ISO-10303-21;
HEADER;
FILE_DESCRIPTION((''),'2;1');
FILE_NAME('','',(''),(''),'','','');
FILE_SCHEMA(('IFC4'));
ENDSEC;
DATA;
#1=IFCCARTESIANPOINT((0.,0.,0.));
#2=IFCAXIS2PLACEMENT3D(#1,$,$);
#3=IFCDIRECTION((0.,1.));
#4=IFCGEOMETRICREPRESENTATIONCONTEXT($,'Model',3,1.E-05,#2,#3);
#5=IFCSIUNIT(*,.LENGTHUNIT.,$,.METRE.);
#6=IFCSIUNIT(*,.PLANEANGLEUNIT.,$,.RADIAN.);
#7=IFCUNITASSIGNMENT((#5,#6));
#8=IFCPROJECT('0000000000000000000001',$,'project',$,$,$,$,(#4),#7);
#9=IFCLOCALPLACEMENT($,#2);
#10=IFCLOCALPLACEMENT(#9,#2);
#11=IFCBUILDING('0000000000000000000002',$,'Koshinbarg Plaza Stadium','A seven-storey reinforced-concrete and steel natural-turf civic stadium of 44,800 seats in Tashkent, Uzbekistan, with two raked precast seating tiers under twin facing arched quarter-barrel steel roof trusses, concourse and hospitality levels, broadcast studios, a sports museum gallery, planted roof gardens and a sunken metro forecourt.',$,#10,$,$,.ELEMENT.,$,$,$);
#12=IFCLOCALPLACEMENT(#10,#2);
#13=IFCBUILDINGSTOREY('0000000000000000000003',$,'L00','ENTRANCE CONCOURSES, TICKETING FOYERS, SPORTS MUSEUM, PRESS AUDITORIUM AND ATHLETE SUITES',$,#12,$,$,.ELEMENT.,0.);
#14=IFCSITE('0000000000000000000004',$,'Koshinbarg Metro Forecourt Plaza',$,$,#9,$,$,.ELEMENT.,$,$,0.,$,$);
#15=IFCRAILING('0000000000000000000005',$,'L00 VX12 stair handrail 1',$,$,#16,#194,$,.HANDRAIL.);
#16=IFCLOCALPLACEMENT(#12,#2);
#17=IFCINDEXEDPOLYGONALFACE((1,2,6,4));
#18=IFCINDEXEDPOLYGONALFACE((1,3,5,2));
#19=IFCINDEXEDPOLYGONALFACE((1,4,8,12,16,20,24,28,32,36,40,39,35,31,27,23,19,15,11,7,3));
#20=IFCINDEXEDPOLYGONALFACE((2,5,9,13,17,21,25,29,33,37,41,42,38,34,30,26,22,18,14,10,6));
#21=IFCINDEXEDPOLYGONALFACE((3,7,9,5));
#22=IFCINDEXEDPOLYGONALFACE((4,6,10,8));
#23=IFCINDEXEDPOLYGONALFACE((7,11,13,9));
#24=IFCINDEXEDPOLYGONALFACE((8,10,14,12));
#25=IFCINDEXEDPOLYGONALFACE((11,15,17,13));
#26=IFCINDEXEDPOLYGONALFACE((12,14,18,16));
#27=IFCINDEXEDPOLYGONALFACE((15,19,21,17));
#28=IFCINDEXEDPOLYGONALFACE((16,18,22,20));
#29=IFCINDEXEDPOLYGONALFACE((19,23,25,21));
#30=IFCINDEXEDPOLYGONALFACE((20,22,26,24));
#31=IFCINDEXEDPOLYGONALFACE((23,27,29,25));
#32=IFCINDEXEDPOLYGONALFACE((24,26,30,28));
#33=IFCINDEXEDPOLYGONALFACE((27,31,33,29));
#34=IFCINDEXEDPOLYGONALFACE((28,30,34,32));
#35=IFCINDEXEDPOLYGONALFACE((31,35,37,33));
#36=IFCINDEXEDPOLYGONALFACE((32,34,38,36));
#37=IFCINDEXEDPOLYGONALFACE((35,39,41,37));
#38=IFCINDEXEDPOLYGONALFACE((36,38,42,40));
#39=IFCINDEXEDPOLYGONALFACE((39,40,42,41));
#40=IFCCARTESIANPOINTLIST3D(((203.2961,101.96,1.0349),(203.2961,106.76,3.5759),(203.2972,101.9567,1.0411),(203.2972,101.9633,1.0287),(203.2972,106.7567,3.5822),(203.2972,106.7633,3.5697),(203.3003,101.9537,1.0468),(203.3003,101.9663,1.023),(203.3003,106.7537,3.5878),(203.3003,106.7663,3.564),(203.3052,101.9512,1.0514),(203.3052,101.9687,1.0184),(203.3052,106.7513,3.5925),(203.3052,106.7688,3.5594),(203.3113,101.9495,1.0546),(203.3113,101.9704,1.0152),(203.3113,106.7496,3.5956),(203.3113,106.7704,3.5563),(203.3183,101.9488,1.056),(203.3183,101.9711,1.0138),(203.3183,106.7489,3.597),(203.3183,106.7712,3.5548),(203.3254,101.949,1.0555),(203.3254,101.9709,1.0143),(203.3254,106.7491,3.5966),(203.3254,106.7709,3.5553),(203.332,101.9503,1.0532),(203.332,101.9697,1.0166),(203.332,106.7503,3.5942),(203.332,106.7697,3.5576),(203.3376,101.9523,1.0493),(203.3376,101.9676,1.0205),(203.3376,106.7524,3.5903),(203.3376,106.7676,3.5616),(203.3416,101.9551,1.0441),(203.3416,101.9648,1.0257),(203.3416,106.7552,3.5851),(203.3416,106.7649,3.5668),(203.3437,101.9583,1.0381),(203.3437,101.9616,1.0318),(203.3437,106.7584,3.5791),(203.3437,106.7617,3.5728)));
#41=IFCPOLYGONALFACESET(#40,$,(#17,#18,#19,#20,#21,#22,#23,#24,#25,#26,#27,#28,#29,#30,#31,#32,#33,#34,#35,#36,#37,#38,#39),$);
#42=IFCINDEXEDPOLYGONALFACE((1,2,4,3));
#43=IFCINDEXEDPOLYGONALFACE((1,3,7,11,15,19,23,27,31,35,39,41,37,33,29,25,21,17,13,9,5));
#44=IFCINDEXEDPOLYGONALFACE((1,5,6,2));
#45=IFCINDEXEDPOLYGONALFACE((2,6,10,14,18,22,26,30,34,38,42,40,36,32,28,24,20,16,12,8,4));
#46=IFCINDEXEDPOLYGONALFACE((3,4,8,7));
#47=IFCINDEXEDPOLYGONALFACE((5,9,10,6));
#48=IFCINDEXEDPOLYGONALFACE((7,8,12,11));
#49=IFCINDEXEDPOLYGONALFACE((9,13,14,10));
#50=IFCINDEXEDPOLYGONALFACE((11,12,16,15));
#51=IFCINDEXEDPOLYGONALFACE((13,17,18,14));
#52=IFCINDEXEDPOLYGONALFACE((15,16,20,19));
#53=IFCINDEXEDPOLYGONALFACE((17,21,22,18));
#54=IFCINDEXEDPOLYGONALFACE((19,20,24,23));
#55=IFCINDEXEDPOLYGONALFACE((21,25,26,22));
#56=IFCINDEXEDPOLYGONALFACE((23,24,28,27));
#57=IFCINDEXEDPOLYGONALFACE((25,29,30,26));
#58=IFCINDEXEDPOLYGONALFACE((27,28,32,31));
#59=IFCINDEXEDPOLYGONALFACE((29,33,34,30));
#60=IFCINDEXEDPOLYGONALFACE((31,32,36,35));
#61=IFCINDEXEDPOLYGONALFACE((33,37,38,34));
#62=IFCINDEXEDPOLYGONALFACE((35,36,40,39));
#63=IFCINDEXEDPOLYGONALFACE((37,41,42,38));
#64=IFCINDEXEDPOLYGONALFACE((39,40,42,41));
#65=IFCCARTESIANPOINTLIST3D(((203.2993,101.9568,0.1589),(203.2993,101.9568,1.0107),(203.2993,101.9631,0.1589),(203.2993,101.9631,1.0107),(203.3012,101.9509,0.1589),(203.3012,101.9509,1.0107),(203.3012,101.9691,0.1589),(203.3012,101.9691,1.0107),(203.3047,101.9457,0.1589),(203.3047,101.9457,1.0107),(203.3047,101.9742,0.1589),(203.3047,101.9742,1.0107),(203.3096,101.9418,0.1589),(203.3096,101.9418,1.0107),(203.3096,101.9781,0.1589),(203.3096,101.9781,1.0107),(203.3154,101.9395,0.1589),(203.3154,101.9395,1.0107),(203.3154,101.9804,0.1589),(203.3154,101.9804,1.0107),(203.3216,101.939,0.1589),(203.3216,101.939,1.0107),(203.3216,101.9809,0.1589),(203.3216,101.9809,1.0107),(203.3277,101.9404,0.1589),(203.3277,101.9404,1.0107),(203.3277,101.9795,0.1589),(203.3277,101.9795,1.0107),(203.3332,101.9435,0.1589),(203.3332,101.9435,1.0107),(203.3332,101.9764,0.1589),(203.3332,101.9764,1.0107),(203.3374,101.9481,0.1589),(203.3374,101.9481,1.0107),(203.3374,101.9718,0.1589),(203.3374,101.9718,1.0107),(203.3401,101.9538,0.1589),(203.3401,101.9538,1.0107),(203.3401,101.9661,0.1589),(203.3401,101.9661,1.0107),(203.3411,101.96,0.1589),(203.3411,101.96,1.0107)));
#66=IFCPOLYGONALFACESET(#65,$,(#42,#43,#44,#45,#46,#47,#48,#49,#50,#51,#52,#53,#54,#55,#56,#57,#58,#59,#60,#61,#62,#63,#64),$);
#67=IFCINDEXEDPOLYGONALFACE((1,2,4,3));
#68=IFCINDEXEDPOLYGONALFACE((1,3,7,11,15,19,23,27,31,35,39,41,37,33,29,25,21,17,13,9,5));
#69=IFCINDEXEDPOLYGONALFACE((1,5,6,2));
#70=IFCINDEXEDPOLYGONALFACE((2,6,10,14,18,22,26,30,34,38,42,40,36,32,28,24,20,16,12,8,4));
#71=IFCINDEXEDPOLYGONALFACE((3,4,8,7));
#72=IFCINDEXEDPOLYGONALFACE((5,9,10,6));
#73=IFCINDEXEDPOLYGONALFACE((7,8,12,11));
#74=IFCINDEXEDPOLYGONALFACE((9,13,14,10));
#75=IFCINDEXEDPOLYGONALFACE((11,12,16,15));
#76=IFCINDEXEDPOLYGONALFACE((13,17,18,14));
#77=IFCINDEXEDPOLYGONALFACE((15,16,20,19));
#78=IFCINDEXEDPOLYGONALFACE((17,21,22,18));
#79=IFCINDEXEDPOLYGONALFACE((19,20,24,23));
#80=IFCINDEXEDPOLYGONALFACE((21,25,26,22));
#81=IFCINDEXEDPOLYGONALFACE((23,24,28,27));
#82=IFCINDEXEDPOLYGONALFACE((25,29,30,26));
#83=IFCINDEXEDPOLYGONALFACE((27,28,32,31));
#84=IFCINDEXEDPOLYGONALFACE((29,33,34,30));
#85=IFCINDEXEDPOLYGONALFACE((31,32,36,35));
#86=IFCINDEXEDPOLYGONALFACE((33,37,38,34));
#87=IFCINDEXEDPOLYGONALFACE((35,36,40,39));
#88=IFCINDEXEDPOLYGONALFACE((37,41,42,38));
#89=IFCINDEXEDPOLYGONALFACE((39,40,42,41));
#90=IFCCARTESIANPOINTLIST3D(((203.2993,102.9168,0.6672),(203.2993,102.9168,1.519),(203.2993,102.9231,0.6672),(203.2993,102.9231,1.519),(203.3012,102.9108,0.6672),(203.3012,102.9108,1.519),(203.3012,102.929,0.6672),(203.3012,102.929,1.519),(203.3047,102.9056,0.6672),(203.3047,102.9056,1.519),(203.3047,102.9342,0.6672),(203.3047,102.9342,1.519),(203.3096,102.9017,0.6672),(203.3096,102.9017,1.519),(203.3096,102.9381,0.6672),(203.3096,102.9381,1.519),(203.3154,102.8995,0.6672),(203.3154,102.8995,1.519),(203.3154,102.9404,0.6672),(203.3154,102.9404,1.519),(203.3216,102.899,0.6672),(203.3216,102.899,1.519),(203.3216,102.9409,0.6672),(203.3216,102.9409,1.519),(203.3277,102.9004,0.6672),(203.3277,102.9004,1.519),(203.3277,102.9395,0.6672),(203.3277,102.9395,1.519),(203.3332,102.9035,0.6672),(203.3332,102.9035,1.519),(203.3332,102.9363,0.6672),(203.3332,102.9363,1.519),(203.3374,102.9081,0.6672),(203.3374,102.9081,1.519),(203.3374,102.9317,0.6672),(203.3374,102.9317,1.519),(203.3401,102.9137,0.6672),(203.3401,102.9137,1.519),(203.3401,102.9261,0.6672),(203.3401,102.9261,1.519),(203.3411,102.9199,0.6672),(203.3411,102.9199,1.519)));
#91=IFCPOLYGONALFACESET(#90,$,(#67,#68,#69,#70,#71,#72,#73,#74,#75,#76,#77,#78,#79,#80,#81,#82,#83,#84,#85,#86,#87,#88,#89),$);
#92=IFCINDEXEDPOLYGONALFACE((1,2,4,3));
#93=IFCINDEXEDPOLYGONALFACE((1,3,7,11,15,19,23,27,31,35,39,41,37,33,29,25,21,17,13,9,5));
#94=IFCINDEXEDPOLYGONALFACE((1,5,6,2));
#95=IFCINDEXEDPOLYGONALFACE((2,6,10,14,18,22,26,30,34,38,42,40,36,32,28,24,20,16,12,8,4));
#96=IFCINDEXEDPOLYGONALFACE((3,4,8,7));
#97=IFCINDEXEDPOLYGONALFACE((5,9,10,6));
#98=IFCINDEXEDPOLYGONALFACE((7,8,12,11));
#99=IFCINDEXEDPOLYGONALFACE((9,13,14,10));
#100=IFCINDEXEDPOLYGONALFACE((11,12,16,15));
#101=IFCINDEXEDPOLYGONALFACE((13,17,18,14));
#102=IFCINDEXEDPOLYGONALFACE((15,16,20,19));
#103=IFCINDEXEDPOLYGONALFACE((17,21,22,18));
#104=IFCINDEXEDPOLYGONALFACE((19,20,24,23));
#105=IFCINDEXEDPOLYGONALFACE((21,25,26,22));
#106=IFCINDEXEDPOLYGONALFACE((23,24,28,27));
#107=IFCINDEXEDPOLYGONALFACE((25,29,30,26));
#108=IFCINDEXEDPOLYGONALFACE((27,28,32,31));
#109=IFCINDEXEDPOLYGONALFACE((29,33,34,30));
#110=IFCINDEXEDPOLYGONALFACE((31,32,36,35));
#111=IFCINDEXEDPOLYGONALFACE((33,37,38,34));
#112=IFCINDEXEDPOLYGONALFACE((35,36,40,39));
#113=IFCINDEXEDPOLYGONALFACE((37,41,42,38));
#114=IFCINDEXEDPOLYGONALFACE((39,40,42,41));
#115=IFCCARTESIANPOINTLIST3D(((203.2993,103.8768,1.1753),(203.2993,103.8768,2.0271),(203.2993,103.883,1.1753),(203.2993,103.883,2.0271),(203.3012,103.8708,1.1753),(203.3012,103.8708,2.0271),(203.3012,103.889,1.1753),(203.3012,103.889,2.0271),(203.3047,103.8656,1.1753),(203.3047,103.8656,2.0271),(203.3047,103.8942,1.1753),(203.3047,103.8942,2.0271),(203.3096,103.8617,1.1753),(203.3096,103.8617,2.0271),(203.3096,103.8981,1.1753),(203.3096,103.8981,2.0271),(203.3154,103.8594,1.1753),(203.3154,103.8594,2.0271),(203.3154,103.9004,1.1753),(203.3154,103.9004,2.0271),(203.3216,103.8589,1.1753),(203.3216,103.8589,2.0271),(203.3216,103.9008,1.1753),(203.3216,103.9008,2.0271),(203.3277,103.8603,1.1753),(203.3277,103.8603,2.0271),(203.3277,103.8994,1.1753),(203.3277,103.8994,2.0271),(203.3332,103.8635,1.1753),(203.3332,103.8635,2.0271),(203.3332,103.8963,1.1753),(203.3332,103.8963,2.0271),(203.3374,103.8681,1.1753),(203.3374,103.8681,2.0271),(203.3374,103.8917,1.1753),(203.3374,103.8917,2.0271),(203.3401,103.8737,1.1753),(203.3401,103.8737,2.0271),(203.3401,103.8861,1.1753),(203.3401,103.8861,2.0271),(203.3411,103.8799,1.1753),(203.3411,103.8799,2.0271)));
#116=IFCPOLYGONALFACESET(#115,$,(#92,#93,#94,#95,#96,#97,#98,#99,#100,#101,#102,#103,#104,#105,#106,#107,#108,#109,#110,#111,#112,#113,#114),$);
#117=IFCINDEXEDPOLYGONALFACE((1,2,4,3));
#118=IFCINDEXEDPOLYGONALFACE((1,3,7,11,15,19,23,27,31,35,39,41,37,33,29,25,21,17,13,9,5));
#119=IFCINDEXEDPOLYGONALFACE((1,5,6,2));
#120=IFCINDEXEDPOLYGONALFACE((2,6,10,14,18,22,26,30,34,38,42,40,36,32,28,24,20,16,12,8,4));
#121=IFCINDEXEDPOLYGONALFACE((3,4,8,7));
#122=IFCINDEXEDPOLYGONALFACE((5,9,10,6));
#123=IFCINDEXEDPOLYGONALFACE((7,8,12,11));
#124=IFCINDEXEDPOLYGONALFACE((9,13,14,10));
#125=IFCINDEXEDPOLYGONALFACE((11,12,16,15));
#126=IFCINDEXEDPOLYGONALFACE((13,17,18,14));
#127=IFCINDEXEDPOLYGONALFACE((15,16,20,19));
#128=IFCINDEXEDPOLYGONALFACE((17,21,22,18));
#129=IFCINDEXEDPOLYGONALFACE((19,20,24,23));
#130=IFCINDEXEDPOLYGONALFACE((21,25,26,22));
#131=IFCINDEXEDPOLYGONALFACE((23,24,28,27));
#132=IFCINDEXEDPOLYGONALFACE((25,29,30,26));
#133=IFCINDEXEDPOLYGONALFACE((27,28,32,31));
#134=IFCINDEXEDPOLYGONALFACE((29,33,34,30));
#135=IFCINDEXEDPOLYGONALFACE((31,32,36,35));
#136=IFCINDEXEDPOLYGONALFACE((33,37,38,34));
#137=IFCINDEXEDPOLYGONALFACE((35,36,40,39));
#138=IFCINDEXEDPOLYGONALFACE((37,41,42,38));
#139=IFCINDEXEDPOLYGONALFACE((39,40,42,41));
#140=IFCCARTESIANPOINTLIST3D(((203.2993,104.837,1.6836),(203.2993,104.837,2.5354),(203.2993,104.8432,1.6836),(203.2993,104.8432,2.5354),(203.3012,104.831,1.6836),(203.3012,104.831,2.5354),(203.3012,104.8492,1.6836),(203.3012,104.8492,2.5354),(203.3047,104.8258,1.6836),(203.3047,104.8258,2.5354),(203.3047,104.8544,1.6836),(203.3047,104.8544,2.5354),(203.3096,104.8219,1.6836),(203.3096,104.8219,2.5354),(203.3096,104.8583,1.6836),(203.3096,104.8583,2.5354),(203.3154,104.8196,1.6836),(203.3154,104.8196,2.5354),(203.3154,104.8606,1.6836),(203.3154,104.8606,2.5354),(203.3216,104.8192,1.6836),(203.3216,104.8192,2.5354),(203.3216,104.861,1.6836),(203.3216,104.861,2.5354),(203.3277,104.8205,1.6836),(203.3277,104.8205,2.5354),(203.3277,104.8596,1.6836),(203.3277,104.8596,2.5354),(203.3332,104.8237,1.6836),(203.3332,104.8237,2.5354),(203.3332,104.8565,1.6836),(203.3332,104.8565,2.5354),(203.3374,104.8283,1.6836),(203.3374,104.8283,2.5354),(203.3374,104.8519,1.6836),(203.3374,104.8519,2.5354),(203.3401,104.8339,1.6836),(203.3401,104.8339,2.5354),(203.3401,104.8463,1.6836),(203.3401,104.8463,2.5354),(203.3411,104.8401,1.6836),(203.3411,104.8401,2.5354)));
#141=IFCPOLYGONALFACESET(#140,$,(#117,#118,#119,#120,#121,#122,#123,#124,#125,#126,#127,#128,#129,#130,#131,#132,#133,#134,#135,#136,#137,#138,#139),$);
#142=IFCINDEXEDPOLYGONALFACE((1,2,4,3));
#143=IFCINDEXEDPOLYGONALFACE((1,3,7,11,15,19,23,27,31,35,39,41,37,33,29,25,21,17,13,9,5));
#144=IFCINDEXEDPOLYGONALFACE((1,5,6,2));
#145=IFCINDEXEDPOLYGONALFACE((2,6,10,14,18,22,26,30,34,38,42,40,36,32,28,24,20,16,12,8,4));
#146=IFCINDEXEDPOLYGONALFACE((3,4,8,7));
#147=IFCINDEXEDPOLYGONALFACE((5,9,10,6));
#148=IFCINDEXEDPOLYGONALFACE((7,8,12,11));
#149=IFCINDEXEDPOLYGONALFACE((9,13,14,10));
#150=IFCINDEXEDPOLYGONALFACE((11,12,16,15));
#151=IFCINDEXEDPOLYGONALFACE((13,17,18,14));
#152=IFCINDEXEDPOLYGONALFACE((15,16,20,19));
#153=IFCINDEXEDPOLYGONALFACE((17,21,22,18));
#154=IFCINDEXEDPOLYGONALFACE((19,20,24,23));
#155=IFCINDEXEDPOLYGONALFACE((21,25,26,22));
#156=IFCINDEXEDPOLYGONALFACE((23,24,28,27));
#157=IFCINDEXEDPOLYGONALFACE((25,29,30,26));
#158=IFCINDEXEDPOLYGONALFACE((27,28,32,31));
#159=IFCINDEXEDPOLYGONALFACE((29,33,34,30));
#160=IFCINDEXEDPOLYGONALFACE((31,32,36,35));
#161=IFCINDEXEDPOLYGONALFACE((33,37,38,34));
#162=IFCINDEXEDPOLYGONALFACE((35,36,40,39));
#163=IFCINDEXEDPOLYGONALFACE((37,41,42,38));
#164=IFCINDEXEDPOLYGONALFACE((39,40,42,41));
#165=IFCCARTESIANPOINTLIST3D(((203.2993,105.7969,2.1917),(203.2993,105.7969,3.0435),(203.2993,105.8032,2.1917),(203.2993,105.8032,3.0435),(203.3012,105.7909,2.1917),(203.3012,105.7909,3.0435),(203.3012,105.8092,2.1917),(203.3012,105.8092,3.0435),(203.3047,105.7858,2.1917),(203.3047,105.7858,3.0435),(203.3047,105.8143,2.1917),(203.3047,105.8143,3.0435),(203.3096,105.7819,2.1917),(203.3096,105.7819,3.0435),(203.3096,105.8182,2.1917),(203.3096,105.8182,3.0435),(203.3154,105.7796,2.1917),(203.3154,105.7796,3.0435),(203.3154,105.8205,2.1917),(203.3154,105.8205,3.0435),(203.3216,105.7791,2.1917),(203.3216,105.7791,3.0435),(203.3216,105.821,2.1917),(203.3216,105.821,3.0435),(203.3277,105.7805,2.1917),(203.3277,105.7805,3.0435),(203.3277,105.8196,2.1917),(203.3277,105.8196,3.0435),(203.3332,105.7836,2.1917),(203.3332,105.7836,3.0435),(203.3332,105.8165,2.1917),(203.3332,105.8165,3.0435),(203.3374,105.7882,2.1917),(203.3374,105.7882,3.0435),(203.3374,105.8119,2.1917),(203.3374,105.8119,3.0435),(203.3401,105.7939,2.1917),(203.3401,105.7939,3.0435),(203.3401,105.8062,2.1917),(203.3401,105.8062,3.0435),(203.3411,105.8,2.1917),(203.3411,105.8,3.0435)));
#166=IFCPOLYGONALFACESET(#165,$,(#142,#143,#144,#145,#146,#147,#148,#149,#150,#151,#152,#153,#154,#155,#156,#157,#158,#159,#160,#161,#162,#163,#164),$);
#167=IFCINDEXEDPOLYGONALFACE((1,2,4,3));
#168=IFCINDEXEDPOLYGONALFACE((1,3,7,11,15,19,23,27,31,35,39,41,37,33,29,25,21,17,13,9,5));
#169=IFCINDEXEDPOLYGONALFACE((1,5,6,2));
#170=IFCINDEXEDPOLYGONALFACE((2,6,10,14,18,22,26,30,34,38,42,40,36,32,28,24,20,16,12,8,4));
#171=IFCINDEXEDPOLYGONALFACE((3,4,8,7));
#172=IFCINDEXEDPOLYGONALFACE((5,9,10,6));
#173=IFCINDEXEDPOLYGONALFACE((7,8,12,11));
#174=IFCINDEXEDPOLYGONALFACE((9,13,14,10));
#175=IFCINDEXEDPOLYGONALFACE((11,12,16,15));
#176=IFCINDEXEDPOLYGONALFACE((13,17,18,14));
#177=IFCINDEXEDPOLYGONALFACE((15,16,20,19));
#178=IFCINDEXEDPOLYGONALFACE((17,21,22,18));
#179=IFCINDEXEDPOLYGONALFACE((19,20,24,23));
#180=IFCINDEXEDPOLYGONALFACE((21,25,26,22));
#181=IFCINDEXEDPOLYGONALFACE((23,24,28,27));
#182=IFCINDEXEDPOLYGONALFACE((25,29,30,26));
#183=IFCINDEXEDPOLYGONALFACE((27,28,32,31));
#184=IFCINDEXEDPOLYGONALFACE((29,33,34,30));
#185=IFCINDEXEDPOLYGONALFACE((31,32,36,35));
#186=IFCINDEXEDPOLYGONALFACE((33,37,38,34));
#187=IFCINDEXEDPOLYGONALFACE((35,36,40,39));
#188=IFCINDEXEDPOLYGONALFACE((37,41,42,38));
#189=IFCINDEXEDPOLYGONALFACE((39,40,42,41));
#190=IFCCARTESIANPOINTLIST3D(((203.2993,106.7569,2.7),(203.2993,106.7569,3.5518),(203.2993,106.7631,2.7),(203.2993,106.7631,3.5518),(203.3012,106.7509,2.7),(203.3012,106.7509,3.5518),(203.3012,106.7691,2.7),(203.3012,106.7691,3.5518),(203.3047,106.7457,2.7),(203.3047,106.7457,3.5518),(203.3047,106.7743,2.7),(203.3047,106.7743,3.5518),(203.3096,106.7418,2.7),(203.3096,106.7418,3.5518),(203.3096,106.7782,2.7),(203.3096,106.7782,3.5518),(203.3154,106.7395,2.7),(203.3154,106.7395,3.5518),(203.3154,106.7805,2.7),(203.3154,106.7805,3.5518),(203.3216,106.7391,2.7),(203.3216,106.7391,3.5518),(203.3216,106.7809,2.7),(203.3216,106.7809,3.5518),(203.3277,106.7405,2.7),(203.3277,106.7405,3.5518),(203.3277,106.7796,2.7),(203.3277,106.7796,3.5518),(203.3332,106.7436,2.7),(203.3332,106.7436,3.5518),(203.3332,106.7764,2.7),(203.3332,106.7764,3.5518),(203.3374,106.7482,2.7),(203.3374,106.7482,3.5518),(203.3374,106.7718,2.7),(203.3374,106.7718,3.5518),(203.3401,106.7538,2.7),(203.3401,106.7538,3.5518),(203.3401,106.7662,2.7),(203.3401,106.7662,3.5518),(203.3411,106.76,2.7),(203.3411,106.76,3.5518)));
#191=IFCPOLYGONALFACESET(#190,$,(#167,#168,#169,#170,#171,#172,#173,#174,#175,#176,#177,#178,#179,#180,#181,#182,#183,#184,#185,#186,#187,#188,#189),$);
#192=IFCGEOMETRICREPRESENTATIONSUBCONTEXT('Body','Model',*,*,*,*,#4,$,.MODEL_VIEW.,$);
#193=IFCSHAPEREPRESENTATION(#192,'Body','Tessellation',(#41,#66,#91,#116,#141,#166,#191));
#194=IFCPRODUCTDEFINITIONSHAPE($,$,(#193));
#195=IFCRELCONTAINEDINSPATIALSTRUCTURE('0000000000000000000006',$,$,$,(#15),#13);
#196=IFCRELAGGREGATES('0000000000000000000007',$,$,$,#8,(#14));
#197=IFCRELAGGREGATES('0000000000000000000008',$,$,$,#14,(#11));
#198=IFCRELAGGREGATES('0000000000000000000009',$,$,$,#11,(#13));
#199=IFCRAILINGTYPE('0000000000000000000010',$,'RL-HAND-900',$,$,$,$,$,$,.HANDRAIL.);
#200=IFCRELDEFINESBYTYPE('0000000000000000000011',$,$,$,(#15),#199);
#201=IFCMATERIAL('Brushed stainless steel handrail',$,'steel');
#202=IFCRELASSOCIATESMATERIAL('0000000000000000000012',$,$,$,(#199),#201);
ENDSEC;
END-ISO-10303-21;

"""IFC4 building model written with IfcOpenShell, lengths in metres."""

from ifc_helpers import new_model, si_unit, direction, frame, origin, origin_2d, place, context, subcontext, project, spatial, circle, extrude, material, type_object, element, save


model = new_model("IFC4")

# Units and contexts
model_context = context("Model", 3, precision=1e-05, world=origin(), true_north=direction((0.0, 1.0)))
body_context = subcontext(model_context, "Body", "Model", "MODEL_VIEW")
ifc_project = project(units=[si_unit("LENGTHUNIT", "METRE"), si_unit("PLANEANGLEUNIT", "RADIAN")], contexts=[model_context])

# Site, building, storey
site_placement = place(None, origin())
site = spatial("IfcSite", under=ifc_project, at=site_placement, Name="Koshinbarg Metro Forecourt Plaza", CompositionType="ELEMENT", RefElevation=0.0)
building_placement = place(site_placement, origin())
building = spatial("IfcBuilding", under=site, at=building_placement, Name="Koshinbarg Plaza Stadium", Description="A seven-storey reinforced-concrete and steel natural-turf civic stadium of 44,800 seats in Tashkent, Uzbekistan, with two raked precast seating tiers under twin facing arched quarter-barrel steel roof trusses, concourse and hospitality levels, broadcast studios, a sports museum gallery, planted roof gardens and a sunken metro forecourt.", CompositionType="ELEMENT")
storey_placement = place(building_placement, origin())
storey = spatial("IfcBuildingStorey", under=building, at=storey_placement, Name="L00", Description="ENTRANCE CONCOURSES, TICKETING FOYERS, SPORTS MUSEUM, PRESS AUDITORIUM AND ATHLETE SUITES", CompositionType="ELEMENT", Elevation=0.0)

# Railing
ifc_material_1 = material(Name="Brushed stainless steel handrail", Category="steel")
railing_type_1 = type_object("IfcRailingType", Name="RL-HAND-900", PredefinedType="HANDRAIL", material=ifc_material_1)
railing_1_placement = place(storey_placement, frame((203.3201, 101.96, 0.1589)))
element("IfcRailing", 1, at=railing_1_placement, inside=storey, type_object=railing_type_1, Name="L00 VX12 stair handrail 1", PredefinedType="HANDRAIL", context=body_context, shape_type="SweptSolid", body=[
    extrude(circle(Radius=0.0239, at=origin_2d()), frame((0.0, 0.0, 0.876), z_axis=(0.0, 0.883802, 0.467861), x_axis=(-1.0, 0.0, 0.0)), (0.0, 0.0, 1.0), 5.4312),
    extrude(circle(Radius=0.021, at=origin_2d()), origin(), (0.0, 0.0, 1.0), 0.8518),
    extrude(circle(Radius=0.021, at=origin_2d()), frame((0.0, 0.96, 0.5083)), (0.0, 0.0, 1.0), 0.8518),
    extrude(circle(Radius=0.021, at=origin_2d()), frame((0.0, 1.9199, 1.0164)), (0.0, 0.0, 1.0), 0.8518),
    extrude(circle(Radius=0.021, at=origin_2d()), frame((0.0, 2.8801, 1.5247)), (0.0, 0.0, 1.0), 0.8518),
    extrude(circle(Radius=0.021, at=origin_2d()), frame((0.0, 3.8401, 2.0327)), (0.0, 0.0, 1.0), 0.8518),
    extrude(circle(Radius=0.021, at=origin_2d()), frame((0.0, 4.8, 2.541)), (0.0, 0.0, 1.0), 0.8518),
])

save(model, "model.ifc")
